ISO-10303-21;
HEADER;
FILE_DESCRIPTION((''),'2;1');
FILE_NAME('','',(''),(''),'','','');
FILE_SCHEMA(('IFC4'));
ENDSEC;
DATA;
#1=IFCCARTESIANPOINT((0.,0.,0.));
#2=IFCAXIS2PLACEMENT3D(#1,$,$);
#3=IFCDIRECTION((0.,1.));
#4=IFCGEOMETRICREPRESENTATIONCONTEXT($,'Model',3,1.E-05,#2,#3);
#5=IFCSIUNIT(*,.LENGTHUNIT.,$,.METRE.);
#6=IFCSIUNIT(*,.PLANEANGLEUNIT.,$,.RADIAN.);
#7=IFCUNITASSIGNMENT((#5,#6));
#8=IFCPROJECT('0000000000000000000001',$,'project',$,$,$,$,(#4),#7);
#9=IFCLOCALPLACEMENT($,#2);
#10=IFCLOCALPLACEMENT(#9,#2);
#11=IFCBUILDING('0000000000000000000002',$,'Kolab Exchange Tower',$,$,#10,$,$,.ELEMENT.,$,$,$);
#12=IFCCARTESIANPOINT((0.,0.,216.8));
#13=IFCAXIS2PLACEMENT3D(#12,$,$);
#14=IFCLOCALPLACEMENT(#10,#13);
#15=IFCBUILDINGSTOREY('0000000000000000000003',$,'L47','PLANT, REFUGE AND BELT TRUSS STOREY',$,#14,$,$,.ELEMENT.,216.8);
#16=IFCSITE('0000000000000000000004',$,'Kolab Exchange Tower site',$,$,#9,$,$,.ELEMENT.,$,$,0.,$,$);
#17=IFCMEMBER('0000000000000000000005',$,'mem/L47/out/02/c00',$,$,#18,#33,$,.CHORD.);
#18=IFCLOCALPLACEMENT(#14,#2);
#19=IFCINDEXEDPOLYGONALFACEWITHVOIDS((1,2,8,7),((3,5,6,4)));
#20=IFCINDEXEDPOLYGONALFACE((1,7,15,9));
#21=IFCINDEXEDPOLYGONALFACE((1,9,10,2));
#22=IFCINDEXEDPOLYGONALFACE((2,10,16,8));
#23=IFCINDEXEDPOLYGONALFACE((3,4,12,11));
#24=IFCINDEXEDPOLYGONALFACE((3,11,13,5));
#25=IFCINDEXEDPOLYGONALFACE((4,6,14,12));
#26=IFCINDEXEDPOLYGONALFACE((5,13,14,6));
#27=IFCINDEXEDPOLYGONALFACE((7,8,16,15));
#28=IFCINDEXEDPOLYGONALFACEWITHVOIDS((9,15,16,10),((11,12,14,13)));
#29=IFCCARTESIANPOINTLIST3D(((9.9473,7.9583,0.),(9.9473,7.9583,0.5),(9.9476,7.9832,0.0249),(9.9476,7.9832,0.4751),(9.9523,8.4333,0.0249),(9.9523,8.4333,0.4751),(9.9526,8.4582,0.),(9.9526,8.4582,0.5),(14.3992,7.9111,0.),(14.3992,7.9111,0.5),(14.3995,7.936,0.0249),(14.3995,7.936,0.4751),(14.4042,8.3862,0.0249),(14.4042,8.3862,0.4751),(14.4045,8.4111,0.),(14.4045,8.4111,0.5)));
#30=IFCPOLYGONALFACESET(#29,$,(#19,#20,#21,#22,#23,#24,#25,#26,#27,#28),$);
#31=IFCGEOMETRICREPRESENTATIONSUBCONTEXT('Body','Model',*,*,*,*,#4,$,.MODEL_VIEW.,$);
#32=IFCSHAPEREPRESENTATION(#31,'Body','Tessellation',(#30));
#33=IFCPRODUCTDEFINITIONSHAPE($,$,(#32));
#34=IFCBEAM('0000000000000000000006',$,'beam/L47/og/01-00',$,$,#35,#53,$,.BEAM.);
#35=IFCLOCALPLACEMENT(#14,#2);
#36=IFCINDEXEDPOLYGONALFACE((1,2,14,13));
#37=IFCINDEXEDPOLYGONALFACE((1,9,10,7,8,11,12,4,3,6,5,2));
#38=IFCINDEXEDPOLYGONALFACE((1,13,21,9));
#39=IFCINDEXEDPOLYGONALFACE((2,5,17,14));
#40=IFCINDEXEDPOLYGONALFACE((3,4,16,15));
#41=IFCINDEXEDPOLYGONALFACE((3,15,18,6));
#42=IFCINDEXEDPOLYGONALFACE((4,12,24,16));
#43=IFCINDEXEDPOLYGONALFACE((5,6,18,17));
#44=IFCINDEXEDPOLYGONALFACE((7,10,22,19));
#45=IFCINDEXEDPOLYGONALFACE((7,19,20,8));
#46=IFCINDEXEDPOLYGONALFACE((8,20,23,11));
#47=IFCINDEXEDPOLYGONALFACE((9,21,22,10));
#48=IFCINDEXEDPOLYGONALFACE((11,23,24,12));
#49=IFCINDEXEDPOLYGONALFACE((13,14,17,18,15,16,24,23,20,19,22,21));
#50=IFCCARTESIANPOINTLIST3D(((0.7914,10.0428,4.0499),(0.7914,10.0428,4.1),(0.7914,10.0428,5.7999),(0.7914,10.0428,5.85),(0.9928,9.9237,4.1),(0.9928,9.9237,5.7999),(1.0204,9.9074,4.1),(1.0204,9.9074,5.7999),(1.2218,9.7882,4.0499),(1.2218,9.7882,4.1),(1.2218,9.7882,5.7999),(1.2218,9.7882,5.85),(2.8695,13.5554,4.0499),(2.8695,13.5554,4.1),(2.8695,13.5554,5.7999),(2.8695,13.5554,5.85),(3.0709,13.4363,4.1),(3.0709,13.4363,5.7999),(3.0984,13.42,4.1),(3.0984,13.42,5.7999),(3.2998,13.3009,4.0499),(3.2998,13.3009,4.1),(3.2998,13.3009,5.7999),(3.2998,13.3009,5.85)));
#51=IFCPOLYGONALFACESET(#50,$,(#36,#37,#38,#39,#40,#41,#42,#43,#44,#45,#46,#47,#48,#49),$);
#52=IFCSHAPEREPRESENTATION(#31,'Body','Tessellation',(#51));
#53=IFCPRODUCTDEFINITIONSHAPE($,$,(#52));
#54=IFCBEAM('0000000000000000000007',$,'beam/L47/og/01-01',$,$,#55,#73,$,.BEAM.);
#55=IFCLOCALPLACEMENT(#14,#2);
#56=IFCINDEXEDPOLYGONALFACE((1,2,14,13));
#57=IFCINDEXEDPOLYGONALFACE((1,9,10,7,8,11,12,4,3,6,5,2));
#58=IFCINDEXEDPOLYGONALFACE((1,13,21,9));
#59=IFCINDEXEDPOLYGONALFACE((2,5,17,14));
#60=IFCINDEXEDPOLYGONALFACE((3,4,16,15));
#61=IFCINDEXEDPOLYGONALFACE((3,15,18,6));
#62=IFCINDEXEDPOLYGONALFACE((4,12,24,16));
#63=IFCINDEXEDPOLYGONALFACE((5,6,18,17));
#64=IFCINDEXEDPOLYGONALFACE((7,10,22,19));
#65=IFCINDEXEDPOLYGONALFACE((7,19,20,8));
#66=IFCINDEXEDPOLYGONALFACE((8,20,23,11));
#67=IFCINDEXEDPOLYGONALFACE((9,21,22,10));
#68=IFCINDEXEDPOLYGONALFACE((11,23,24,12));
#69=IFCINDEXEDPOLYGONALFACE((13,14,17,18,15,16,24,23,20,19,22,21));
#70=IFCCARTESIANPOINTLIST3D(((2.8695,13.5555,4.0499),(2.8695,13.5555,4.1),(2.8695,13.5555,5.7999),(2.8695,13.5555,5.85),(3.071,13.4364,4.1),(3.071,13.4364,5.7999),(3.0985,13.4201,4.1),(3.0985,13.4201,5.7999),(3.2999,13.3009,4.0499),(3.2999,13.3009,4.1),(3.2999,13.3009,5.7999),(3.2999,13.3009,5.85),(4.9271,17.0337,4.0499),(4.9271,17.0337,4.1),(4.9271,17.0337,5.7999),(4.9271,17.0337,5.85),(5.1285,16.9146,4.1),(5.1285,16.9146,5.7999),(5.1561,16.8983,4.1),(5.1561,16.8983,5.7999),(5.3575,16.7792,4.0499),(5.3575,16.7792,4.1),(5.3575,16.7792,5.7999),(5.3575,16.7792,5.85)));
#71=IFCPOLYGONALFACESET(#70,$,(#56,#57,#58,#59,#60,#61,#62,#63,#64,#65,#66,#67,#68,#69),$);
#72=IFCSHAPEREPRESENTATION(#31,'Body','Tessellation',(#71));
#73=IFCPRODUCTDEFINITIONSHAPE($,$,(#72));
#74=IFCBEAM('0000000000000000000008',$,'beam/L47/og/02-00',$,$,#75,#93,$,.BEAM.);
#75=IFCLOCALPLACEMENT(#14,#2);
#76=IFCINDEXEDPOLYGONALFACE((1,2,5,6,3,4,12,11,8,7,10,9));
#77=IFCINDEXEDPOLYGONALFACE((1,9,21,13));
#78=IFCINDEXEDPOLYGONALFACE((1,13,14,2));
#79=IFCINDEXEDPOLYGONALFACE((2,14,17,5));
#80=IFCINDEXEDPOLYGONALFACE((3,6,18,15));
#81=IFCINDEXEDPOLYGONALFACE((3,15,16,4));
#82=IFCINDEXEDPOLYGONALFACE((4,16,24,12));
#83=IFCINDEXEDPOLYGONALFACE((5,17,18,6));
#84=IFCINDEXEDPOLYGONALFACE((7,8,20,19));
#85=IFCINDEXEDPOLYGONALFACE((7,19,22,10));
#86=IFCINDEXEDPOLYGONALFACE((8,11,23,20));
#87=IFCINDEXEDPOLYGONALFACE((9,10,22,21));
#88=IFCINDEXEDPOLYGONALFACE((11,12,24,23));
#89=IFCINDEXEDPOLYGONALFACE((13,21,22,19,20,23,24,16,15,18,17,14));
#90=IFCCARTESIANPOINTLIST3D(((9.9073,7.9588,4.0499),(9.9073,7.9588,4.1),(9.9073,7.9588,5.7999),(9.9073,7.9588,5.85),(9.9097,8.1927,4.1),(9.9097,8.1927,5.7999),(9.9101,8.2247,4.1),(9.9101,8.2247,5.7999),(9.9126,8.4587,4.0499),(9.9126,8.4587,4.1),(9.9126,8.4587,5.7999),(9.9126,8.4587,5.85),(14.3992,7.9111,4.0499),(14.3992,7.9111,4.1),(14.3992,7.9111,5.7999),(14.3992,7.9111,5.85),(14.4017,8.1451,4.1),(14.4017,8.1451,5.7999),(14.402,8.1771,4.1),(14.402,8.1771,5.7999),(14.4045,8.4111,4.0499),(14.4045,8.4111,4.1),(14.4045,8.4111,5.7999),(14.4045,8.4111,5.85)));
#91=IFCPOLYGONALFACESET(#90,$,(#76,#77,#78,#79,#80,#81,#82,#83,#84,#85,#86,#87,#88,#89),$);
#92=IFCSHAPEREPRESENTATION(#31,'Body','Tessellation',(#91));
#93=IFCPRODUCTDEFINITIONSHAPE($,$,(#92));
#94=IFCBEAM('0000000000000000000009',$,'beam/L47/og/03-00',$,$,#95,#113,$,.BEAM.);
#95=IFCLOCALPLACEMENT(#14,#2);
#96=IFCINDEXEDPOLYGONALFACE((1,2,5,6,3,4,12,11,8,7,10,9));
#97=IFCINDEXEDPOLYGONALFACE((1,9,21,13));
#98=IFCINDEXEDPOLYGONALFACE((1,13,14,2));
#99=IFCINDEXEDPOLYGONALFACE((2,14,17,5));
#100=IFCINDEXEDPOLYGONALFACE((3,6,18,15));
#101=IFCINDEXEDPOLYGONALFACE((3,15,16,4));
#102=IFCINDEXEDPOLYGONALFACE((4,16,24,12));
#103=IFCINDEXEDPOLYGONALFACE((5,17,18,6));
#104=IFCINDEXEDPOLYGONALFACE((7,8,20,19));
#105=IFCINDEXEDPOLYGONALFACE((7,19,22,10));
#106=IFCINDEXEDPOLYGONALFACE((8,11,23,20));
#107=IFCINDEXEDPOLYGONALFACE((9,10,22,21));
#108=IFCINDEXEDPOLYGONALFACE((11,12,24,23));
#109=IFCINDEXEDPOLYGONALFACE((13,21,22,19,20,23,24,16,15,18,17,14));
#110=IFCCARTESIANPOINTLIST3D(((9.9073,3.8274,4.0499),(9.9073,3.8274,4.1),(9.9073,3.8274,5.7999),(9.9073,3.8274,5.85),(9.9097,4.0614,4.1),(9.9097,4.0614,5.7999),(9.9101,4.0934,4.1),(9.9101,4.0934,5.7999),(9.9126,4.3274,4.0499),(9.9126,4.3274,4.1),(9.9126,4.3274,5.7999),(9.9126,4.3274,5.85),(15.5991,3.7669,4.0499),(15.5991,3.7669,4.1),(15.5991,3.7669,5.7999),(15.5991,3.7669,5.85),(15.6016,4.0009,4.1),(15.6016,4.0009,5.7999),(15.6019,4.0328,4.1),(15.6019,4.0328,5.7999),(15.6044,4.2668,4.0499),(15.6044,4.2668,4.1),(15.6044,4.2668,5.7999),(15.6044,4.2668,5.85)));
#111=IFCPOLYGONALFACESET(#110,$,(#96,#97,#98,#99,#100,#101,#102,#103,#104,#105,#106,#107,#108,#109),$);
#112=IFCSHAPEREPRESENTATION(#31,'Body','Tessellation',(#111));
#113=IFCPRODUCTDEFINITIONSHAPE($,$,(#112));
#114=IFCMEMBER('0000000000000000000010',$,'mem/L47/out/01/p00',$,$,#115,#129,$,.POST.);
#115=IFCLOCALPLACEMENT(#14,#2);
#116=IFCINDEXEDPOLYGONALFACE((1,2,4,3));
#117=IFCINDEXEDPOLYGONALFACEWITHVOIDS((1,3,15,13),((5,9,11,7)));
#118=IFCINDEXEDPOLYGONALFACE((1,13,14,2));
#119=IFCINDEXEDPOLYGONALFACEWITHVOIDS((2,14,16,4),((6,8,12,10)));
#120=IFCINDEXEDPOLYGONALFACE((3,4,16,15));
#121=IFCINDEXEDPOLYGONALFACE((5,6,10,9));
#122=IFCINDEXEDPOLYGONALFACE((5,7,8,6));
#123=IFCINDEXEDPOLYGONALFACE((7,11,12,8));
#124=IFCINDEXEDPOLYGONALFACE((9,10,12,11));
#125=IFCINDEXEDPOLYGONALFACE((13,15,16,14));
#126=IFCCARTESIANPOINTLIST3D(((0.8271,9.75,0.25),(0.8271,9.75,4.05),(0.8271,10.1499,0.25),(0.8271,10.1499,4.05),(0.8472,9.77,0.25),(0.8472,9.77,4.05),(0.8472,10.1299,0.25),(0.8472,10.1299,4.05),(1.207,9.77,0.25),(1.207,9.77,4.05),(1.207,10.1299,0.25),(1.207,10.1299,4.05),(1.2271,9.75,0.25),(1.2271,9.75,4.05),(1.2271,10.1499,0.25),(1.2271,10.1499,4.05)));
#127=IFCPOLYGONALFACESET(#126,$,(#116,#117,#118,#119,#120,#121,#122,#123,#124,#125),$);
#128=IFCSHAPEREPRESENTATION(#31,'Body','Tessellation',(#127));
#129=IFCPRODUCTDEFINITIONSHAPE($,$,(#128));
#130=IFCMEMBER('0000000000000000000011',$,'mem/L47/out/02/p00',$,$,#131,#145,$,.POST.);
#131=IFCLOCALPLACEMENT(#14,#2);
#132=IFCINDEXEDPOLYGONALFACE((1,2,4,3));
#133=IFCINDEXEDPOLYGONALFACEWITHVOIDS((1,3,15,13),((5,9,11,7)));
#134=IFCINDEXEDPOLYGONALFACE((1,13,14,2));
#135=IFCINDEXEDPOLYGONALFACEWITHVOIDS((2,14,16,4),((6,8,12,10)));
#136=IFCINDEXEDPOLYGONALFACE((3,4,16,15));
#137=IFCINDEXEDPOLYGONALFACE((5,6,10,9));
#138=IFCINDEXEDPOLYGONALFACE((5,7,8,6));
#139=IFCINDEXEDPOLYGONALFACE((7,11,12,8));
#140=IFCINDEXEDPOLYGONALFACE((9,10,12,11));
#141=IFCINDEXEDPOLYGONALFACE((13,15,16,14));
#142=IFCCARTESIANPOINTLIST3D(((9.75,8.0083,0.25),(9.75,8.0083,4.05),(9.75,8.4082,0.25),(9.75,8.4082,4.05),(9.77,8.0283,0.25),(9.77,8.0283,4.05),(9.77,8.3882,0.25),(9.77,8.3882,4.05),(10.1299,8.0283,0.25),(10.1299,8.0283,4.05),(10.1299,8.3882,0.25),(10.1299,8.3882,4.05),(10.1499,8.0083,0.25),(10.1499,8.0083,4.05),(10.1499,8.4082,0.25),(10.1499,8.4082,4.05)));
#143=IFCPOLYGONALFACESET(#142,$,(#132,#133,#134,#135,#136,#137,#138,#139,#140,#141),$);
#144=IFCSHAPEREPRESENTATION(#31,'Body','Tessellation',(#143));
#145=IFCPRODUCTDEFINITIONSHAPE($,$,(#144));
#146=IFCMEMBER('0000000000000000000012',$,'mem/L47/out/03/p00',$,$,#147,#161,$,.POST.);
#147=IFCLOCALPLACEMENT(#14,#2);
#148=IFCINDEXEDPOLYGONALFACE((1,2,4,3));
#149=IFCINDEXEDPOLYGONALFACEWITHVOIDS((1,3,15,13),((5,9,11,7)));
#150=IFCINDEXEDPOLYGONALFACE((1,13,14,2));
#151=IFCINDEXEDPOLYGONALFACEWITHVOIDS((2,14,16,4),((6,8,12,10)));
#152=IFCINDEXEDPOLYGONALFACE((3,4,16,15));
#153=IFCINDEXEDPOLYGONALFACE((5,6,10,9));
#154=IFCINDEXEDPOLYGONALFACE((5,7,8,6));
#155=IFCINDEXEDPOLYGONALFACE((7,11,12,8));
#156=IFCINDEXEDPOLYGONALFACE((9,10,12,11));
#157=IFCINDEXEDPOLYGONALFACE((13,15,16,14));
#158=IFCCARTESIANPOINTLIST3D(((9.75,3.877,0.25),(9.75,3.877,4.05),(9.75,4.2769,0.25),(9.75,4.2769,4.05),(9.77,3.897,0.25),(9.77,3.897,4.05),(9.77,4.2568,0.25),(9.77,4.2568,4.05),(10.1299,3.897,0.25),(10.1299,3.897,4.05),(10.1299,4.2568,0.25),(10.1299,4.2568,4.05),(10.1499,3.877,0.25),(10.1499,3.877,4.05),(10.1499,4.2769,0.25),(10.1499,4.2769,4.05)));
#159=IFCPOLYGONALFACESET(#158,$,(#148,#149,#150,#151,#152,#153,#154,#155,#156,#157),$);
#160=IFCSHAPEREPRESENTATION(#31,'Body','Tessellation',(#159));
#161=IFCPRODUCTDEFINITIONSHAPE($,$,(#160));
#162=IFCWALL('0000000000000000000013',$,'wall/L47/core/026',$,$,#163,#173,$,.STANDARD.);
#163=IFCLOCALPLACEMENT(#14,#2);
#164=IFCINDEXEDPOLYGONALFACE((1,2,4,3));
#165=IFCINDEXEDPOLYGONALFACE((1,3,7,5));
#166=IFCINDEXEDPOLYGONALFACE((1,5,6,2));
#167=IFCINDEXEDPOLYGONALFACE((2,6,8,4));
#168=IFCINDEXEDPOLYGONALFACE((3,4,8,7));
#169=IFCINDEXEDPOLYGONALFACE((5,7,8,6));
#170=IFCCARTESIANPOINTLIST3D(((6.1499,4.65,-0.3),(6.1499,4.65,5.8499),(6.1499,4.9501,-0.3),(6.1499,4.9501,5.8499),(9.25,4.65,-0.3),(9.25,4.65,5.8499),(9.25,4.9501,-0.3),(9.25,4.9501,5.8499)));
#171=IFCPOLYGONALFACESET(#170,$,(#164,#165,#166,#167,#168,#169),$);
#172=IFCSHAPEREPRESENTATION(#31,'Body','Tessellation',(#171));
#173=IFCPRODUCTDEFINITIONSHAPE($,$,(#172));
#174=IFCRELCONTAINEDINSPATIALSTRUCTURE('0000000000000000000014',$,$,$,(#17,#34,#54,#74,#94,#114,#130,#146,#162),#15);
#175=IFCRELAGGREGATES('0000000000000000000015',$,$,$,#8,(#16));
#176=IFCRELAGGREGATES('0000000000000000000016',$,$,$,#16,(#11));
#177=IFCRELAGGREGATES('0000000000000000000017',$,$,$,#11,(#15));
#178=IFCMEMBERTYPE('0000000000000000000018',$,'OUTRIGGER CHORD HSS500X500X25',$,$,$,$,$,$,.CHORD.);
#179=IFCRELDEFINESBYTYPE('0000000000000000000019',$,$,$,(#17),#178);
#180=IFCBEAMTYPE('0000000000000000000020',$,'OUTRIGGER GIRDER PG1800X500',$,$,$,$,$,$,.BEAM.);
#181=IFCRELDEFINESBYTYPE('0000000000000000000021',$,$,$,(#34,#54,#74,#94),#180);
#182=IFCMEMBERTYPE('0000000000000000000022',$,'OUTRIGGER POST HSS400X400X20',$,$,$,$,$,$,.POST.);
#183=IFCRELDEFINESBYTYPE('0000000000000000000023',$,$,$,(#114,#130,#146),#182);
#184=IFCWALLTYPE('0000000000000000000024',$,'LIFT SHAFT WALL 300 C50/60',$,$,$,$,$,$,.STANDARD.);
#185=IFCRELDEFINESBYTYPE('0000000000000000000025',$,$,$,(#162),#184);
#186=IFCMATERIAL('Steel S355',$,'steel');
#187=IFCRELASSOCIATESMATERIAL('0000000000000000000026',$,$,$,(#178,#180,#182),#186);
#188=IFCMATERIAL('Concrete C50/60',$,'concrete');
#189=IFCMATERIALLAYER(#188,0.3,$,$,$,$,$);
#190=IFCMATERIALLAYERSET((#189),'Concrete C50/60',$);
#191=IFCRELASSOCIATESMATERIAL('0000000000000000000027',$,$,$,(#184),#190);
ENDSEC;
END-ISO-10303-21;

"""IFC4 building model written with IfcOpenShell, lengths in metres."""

from ifc_helpers import new_model, si_unit, direction, frame, frame_2d, origin, origin_2d, place, context, subcontext, project, spatial, rectangle, hollow_rectangle, i_section, extrude, material, layer, layer_set, material_profile, profile_set, type_object, element, save


model = new_model("IFC4")

# Units and contexts
model_context = context("Model", 3, precision=1e-05, world=origin(), true_north=direction((0.0, 1.0)))
body_context = subcontext(model_context, "Body", "Model", "MODEL_VIEW")
ifc_project = project(units=[si_unit("LENGTHUNIT", "METRE"), si_unit("PLANEANGLEUNIT", "RADIAN")], contexts=[model_context])

# Site, building, storey
site_placement = place(None, origin())
site = spatial("IfcSite", under=ifc_project, at=site_placement, Name="Kolab Exchange Tower site", CompositionType="ELEMENT", RefElevation=0.0)
building_placement = place(site_placement, origin())
building = spatial("IfcBuilding", under=site, at=building_placement, Name="Kolab Exchange Tower", CompositionType="ELEMENT")
storey_placement = place(building_placement, frame((0.0, 0.0, 216.8)))
storey = spatial("IfcBuildingStorey", under=building, at=storey_placement, Name="L47", Description="PLANT, REFUGE AND BELT TRUSS STOREY", CompositionType="ELEMENT", Elevation=216.8)

# Shared definitions
ifc_material_1 = material(Name="Steel S355", Category="steel")

# Member
ifc_material_profile_1 = material_profile(ifc_material_1, hollow_rectangle(XDim=0.5, YDim=0.5, WallThickness=0.0249, at=origin_2d()), Name="HSS500X500X25")
ifc_profile_set_1 = profile_set([ifc_material_profile_1], Name="Steel S355")
member_type_1 = type_object("IfcMemberType", Name="OUTRIGGER CHORD HSS500X500X25", PredefinedType="CHORD", material=ifc_profile_set_1)
member_1_placement = place(storey_placement, frame((9.95, 8.2083, 0.25), z_axis=(0.999944, -0.010583, 0.0), x_axis=(0.010583, 0.999944, 0.0)))
element("IfcMember", 1, at=member_1_placement, inside=storey, type_object=member_type_1, Name="mem/L47/out/02/c00", PredefinedType="CHORD", context=body_context, shape_type="SweptSolid", body=[
    extrude(hollow_rectangle(XDim=0.5, YDim=0.5, WallThickness=0.0249, at=origin_2d()), origin(), (0.0, 0.0, 1.0), 4.4521),
])

# Beams
ifc_material_profile_2 = material_profile(ifc_material_1, i_section(OverallWidth=0.5, OverallDepth=1.8, WebThickness=0.032, FlangeThickness=0.05, at=origin_2d()), Name="PG1800X500")
ifc_profile_set_2 = profile_set([ifc_material_profile_2], Name="Steel S355")
beam_type_1 = type_object("IfcBeamType", Name="OUTRIGGER GIRDER PG1800X500", PredefinedType="BEAM", material=ifc_profile_set_2)
beam_1_placement = place(storey_placement, frame((1.0066, 9.9155, 4.95), z_axis=(0.509173, 0.860664, 0.0), x_axis=(-0.860664, 0.509173, 0.0)))
element("IfcBeam", 2, at=beam_1_placement, inside=storey, type_object=beam_type_1, Name="beam/L47/og/01-00", PredefinedType="BEAM", context=body_context, shape_type="SweptSolid", body=[
    extrude(i_section(OverallWidth=0.5, OverallDepth=1.8, WebThickness=0.032, FlangeThickness=0.05, at=origin_2d()), origin(), (0.0, 0.0, 1.0), 4.0813),
])
beam_2_placement = place(storey_placement, frame((3.0847, 13.4282, 4.95), z_axis=(0.509146, 0.86068, 0.0), x_axis=(-0.86068, 0.509146, 0.0)))
element("IfcBeam", 3, at=beam_2_placement, inside=storey, type_object=beam_type_1, Name="beam/L47/og/01-01", PredefinedType="BEAM", context=body_context, shape_type="SweptSolid", body=[
    extrude(i_section(OverallWidth=0.5, OverallDepth=1.8, WebThickness=0.032, FlangeThickness=0.05, at=origin_2d()), origin(), (0.0, 0.0, 1.0), 4.0413),
])
beam_3_placement = place(storey_placement, frame((9.9099, 8.2087, 4.95), z_axis=(0.999944, -0.010598, 0.0), x_axis=(0.010598, 0.999944, 0.0)))
element("IfcBeam", 4, at=beam_3_placement, inside=storey, type_object=beam_type_1, Name="beam/L47/og/02-00", PredefinedType="BEAM", context=body_context, shape_type="SweptSolid", body=[
    extrude(i_section(OverallWidth=0.5, OverallDepth=1.8, WebThickness=0.032, FlangeThickness=0.05, at=origin_2d()), origin(), (0.0, 0.0, 1.0), 4.4922),
])
beam_4_placement = place(storey_placement, frame((9.9099, 4.0774, 4.95), z_axis=(0.999943, -0.010637, 0.0), x_axis=(0.010637, 0.999943, 0.0)))
element("IfcBeam", 5, at=beam_4_placement, inside=storey, type_object=beam_type_1, Name="beam/L47/og/03-00", PredefinedType="BEAM", context=body_context, shape_type="SweptSolid", body=[
    extrude(i_section(OverallWidth=0.5, OverallDepth=1.8, WebThickness=0.032, FlangeThickness=0.05, at=origin_2d()), origin(), (0.0, 0.0, 1.0), 5.6921),
])

# Members
ifc_material_profile_3 = material_profile(ifc_material_1, hollow_rectangle(XDim=0.3999, YDim=0.3999, WallThickness=0.02, at=origin_2d()), Name="HSS400X400X20")
ifc_profile_set_3 = profile_set([ifc_material_profile_3], Name="Steel S355")
member_type_2 = type_object("IfcMemberType", Name="OUTRIGGER POST HSS400X400X20", PredefinedType="POST", material=ifc_profile_set_3)
for number, where, z_axis, x_axis, name in (
    (6, (1.0271, 9.95, 0.25), (0.0, 0.0, 1.0), (1.0, 0.0, 0.0), "mem/L47/out/01/p00"),
    (7, (9.95, 8.2083, 0.25), (0.0, 0.0, 1.0), (1.0, 0.0, 0.0), "mem/L47/out/02/p00"),
    (8, (9.95, 4.0769, 0.25), (0.0, 0.0, 1.0), (1.0, 0.0, 0.0), "mem/L47/out/03/p00"),
):
    element("IfcMember", number, at=place(storey_placement, frame(where, z_axis=z_axis, x_axis=x_axis)), inside=storey, type_object=member_type_2, Name=name, PredefinedType="POST", context=body_context, shape_type="SweptSolid", body=[
        extrude(hollow_rectangle(XDim=0.3999, YDim=0.3999, WallThickness=0.02, at=origin_2d()), origin(), (0.0, 0.0, 1.0), 3.8),
    ])

# Wall
ifc_material_2 = material(Name="Concrete C50/60", Category="concrete")
ifc_layer_1 = layer(ifc_material_2, 0.3)
ifc_layer_set_1 = layer_set([ifc_layer_1], Name="Concrete C50/60")
wall_type_1 = type_object("IfcWallType", Name="LIFT SHAFT WALL 300 C50/60", PredefinedType="STANDARD", material=ifc_layer_set_1)
wall_1_placement = place(storey_placement, frame((6.1499, 4.8, -0.3), z_axis=(0.0, 0.0, 1.0), x_axis=(1.0, 0.0, 0.0)))
element("IfcWall", 9, at=wall_1_placement, inside=storey, type_object=wall_type_1, Name="wall/L47/core/026", PredefinedType="STANDARD", context=body_context, shape_type="SweptSolid", body=[
    extrude(rectangle(XDim=3.1001, YDim=0.3, at=frame_2d((1.55, 0.0))), origin(), (0.0, 0.0, 1.0), 6.1499),
])

save(model, "model.ifc")
